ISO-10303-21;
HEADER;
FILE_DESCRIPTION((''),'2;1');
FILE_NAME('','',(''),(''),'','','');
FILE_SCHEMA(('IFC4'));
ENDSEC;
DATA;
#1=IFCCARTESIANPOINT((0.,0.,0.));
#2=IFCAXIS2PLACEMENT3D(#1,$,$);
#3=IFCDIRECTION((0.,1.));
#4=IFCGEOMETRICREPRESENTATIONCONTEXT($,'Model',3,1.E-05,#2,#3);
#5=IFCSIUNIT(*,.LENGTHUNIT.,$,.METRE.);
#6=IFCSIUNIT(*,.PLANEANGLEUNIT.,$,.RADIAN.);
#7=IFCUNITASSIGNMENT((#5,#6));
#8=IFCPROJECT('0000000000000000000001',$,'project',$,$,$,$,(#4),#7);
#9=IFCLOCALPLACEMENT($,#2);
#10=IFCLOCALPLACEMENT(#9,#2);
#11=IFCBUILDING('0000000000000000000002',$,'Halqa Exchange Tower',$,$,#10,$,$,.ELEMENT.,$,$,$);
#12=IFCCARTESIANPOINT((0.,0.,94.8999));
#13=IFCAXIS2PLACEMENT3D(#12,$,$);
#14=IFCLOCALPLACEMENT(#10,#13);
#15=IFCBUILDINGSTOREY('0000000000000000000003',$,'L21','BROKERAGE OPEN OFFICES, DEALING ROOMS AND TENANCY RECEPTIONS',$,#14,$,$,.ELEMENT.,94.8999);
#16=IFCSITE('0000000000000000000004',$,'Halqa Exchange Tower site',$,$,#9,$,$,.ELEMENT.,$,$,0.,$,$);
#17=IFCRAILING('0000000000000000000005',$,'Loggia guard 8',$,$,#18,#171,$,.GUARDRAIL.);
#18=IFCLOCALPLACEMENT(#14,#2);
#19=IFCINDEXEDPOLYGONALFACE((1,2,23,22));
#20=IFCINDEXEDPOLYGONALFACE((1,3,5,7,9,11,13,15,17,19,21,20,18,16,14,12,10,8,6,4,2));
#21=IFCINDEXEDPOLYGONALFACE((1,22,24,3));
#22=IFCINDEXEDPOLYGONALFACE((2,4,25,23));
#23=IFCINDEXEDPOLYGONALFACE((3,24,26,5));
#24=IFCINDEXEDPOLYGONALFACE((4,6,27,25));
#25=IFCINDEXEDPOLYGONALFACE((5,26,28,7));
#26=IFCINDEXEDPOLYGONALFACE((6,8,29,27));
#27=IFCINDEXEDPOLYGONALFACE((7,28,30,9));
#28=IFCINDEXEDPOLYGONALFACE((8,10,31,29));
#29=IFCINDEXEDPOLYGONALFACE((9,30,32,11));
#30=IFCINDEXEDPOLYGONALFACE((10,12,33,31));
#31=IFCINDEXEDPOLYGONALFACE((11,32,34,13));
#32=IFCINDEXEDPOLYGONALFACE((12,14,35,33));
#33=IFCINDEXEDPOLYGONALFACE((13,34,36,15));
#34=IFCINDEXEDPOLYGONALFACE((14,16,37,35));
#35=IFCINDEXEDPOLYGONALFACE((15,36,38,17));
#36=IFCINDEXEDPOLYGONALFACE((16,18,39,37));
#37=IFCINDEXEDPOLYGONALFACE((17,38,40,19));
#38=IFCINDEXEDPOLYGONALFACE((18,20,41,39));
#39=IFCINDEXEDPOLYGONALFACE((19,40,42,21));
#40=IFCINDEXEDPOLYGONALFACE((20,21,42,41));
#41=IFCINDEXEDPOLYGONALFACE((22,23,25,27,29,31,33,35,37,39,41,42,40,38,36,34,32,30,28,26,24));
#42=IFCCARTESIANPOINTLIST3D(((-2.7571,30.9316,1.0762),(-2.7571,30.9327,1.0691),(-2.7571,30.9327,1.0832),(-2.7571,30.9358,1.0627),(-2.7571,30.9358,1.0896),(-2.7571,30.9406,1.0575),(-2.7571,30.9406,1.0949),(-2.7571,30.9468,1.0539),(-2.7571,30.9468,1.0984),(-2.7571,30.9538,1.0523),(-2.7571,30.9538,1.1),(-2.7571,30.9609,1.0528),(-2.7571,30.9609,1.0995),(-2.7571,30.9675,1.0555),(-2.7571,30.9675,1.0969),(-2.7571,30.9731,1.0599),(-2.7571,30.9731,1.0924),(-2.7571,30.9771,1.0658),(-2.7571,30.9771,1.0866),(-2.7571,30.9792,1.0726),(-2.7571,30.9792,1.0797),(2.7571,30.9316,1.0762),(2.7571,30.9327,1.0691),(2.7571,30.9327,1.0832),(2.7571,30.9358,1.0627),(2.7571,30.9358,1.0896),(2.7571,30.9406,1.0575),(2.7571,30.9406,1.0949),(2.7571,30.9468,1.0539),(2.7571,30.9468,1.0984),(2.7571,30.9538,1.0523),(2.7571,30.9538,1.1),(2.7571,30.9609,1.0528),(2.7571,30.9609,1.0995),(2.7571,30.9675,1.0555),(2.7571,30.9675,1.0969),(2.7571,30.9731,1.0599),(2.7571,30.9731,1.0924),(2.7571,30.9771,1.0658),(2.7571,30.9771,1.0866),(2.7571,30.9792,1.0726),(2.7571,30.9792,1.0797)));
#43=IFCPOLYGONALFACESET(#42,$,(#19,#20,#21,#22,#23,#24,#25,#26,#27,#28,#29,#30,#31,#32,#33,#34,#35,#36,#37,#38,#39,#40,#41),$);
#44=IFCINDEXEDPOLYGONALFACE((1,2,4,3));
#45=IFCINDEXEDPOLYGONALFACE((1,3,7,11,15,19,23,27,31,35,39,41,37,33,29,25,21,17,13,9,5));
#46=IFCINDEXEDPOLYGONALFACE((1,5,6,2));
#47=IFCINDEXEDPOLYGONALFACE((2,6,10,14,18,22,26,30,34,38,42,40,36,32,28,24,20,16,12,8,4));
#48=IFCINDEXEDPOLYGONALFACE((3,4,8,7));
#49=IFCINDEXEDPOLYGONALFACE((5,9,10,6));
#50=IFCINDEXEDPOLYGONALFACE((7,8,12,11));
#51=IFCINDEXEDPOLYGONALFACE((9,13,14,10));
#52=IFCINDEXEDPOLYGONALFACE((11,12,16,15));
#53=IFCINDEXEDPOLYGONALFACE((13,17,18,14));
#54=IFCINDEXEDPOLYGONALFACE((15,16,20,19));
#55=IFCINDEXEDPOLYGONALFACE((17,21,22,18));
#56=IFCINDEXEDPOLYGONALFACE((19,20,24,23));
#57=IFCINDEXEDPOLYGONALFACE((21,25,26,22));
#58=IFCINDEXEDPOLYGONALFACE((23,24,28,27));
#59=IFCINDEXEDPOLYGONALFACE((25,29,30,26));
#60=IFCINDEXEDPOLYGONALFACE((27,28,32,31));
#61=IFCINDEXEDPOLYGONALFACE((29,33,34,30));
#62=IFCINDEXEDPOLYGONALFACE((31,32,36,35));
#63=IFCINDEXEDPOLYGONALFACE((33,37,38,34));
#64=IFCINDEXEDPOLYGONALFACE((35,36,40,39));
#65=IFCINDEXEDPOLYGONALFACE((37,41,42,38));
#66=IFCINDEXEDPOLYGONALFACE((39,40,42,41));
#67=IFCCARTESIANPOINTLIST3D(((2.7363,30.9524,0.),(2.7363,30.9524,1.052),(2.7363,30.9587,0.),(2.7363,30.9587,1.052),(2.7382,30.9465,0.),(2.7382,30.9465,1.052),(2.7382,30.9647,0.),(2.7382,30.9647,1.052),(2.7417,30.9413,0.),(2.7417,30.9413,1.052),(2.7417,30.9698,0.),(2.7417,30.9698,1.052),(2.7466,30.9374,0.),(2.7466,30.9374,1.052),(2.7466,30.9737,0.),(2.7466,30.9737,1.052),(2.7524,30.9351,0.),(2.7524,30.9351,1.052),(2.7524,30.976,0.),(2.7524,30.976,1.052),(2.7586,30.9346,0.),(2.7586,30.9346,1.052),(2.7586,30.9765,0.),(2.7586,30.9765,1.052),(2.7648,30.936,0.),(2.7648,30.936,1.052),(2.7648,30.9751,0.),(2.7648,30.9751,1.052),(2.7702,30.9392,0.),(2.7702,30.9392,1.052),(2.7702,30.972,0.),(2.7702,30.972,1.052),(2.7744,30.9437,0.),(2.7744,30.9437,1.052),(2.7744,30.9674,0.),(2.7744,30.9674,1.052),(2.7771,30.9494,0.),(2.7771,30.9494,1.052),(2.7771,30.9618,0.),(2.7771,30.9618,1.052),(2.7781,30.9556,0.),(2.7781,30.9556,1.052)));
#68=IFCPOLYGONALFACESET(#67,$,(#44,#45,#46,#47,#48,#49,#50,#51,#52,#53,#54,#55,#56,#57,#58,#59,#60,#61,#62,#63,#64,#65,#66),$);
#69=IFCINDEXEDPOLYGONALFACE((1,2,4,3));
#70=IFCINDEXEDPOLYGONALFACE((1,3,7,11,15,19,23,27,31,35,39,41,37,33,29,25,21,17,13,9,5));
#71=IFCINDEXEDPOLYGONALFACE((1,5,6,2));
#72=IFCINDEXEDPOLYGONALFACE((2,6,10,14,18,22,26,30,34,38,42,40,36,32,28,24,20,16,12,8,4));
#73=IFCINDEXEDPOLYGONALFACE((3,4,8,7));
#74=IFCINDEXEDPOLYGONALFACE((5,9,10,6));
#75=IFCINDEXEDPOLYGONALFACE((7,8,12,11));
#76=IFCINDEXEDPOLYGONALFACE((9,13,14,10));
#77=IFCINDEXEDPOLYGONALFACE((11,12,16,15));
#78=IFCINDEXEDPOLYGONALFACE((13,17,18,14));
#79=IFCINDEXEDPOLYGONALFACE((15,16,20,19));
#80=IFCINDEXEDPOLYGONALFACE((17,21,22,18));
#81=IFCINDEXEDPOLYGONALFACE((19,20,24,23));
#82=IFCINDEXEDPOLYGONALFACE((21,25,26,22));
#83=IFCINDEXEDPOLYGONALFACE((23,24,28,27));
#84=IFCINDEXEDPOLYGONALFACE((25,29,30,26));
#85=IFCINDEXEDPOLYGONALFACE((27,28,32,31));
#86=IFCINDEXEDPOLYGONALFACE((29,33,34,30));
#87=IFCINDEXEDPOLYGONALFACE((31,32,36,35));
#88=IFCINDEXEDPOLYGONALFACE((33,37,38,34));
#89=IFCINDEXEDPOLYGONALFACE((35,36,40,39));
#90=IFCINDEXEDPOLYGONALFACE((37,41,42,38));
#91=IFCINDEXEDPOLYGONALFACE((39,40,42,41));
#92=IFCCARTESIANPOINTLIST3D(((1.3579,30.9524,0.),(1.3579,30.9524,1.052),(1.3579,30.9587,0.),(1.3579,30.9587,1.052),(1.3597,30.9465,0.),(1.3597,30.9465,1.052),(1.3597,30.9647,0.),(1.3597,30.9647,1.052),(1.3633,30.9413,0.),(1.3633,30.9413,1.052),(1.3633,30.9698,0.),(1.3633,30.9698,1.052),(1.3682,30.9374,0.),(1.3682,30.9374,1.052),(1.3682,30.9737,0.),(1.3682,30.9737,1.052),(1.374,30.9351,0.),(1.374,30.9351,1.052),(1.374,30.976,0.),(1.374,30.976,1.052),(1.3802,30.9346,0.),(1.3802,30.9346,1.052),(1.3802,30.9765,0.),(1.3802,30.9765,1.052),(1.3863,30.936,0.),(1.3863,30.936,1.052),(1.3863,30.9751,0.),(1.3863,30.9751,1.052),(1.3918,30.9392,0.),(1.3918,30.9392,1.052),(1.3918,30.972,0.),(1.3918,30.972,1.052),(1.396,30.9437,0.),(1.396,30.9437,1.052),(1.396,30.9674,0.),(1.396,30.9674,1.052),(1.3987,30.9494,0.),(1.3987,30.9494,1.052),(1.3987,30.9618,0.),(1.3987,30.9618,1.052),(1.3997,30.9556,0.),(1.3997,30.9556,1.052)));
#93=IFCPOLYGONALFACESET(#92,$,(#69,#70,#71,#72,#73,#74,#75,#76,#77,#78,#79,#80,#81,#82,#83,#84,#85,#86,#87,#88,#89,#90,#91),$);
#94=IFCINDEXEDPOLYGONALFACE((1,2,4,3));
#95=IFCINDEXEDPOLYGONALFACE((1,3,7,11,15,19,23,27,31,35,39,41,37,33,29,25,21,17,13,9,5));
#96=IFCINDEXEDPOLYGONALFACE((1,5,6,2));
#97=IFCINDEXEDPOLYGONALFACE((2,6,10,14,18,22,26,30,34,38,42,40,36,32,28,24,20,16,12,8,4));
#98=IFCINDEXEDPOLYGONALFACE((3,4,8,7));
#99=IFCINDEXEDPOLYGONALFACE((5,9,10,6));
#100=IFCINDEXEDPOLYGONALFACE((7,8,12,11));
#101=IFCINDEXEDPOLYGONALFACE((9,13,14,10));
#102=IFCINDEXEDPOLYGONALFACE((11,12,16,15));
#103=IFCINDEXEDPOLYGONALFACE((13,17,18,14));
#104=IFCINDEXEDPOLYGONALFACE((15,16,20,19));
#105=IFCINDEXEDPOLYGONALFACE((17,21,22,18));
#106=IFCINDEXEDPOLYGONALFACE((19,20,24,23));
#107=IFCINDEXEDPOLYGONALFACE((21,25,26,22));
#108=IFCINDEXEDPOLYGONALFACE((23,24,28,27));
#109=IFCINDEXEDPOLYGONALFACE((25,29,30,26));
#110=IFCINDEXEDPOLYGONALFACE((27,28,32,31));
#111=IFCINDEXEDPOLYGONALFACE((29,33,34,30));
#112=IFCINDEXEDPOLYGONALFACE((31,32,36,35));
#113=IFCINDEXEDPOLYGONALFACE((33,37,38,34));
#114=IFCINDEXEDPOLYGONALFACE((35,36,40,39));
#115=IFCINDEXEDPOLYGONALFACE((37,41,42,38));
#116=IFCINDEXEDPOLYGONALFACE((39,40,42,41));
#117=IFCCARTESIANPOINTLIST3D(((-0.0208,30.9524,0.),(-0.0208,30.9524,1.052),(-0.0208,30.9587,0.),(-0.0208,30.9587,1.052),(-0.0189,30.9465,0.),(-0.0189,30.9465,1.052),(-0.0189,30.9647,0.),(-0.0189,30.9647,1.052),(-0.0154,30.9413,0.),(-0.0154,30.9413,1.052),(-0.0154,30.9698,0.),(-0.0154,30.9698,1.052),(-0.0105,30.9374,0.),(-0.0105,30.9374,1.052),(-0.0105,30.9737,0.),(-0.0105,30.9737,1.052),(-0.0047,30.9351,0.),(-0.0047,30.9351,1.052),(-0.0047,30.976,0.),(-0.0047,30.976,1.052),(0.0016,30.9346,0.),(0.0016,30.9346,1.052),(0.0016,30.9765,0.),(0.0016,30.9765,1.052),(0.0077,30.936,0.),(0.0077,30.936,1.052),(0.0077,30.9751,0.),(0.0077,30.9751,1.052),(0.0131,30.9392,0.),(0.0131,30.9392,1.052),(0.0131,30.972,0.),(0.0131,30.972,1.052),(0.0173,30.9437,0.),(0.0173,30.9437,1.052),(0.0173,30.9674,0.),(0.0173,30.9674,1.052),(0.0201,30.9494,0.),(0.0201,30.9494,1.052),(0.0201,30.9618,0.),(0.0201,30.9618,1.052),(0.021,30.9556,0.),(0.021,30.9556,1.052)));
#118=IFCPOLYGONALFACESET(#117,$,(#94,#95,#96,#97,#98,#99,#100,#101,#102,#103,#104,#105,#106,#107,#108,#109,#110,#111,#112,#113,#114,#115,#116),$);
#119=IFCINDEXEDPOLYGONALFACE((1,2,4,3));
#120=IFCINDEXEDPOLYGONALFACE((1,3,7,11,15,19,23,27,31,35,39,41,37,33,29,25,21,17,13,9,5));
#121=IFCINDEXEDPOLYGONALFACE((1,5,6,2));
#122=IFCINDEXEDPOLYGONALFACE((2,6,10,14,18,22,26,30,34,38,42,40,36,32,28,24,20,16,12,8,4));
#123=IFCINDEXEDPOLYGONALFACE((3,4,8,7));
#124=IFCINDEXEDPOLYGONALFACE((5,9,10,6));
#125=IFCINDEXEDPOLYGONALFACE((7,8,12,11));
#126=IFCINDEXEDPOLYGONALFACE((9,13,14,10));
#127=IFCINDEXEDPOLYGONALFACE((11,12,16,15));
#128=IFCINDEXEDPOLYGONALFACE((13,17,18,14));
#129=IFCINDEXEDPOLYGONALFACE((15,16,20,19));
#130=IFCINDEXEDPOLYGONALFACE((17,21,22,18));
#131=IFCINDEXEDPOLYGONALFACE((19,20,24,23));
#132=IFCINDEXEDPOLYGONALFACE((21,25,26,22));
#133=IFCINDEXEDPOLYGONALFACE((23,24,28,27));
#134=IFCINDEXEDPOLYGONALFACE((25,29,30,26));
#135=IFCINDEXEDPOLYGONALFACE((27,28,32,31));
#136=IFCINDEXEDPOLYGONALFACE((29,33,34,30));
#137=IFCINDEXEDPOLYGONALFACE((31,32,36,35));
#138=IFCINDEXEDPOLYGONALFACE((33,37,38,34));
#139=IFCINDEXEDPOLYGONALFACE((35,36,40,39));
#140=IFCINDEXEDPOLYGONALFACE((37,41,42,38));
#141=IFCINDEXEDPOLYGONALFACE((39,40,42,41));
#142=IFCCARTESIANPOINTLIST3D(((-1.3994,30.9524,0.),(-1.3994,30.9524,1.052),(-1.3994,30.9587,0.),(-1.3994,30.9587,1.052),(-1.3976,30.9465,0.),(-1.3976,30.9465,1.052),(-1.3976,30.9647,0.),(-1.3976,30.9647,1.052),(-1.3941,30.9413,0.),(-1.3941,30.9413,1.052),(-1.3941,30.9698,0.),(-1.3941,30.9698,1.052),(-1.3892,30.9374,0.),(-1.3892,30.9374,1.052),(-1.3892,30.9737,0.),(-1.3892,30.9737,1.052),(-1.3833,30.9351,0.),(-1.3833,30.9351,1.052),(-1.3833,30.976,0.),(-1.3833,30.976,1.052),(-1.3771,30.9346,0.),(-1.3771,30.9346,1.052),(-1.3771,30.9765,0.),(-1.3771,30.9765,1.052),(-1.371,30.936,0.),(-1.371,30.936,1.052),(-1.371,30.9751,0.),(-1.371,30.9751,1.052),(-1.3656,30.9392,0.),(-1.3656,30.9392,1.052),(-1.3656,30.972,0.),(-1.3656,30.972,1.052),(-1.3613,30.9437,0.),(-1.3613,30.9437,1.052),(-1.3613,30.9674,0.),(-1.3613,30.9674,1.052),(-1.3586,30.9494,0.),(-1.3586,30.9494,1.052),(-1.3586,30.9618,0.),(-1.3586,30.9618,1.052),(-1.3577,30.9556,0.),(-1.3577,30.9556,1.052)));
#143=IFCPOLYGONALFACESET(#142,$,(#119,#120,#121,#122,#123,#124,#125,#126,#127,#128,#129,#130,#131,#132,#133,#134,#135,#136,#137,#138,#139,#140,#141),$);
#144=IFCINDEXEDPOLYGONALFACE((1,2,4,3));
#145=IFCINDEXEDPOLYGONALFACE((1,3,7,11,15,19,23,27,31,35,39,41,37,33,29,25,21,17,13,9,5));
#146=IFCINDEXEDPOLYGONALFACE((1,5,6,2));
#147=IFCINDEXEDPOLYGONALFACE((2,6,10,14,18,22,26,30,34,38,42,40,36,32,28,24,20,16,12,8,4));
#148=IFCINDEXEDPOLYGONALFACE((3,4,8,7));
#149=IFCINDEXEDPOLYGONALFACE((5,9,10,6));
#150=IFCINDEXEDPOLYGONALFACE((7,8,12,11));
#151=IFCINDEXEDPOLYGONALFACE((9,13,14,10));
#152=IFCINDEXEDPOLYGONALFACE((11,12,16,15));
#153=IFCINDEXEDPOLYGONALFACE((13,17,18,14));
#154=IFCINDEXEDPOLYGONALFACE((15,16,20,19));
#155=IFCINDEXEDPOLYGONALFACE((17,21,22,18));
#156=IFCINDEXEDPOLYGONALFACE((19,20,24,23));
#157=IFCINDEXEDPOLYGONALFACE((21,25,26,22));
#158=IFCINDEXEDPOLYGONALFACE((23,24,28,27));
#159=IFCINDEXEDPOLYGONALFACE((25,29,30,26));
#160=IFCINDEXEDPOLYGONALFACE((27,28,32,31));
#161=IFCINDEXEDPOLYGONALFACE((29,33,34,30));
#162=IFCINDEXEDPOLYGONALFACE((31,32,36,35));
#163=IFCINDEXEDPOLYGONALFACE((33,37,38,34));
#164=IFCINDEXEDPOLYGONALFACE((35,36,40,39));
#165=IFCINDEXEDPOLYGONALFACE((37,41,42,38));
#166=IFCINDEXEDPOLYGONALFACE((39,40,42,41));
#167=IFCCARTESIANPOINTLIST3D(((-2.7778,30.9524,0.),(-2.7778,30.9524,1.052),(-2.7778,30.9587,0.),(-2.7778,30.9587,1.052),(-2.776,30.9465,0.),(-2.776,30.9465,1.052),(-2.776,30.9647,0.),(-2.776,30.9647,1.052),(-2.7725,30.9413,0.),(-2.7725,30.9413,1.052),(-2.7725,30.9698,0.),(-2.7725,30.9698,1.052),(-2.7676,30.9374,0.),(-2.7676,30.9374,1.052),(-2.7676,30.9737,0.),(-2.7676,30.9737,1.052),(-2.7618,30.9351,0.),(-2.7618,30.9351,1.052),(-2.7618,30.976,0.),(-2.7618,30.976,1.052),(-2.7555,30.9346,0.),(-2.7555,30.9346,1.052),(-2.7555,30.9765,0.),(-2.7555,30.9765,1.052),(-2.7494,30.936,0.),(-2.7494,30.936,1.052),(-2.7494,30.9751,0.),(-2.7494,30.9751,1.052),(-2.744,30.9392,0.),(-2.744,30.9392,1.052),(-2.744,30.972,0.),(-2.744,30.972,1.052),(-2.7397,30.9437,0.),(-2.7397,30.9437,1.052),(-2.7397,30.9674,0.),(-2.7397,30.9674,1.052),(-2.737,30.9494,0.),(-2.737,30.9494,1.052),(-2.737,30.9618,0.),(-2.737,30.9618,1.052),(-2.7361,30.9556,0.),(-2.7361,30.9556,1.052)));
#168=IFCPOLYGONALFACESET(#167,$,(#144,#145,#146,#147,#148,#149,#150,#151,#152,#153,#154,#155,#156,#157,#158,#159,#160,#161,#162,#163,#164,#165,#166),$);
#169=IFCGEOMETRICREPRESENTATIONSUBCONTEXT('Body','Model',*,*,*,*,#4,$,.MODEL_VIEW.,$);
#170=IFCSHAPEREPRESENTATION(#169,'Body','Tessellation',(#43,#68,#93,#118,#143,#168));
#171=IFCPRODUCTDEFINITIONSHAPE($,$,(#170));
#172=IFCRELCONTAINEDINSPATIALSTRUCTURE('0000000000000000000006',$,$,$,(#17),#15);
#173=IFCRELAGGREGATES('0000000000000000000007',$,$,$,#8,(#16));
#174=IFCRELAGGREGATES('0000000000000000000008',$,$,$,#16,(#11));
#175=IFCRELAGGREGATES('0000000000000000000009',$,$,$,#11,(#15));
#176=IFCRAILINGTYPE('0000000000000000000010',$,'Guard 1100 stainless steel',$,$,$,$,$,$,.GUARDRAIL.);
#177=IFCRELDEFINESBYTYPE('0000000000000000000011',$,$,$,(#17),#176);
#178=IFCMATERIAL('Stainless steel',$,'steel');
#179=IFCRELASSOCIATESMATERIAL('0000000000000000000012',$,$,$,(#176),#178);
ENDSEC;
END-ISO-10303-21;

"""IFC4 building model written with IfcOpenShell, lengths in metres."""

from ifc_helpers import new_model, si_unit, direction, frame, origin, origin_2d, place, context, subcontext, project, spatial, circle, extrude, material, type_object, element, save


model = new_model("IFC4")

# Units and contexts
model_context = context("Model", 3, precision=1e-05, world=origin(), true_north=direction((0.0, 1.0)))
body_context = subcontext(model_context, "Body", "Model", "MODEL_VIEW")
ifc_project = project(units=[si_unit("LENGTHUNIT", "METRE"), si_unit("PLANEANGLEUNIT", "RADIAN")], contexts=[model_context])

# Site, building, storey
site_placement = place(None, origin())
site = spatial("IfcSite", under=ifc_project, at=site_placement, Name="Halqa Exchange Tower site", CompositionType="ELEMENT", RefElevation=0.0)
building_placement = place(site_placement, origin())
building = spatial("IfcBuilding", under=site, at=building_placement, Name="Halqa Exchange Tower", CompositionType="ELEMENT")
storey_placement = place(building_placement, frame((0.0, 0.0, 94.8999)))
storey = spatial("IfcBuildingStorey", under=building, at=storey_placement, Name="L21", Description="BROKERAGE OPEN OFFICES, DEALING ROOMS AND TENANCY RECEPTIONS", CompositionType="ELEMENT", Elevation=94.8999)

# Railing
ifc_material_1 = material(Name="Stainless steel", Category="steel")
railing_type_1 = type_object("IfcRailingType", Name="Guard 1100 stainless steel", PredefinedType="GUARDRAIL", material=ifc_material_1)
railing_1_placement = place(storey_placement, frame((2.7571, 30.9556, 0.0)))
element("IfcRailing", 1, at=railing_1_placement, inside=storey, type_object=railing_type_1, Name="Loggia guard 8", PredefinedType="GUARDRAIL", context=body_context, shape_type="SweptSolid", body=[
    extrude(circle(Radius=0.0239, at=origin_2d()), frame((0.0, 0.0, 1.0762), z_axis=(-1.0, 0.0, 0.0), x_axis=(0.0, -1.0, 0.0)), (0.0, 0.0, 1.0), 5.5142),
    extrude(circle(Radius=0.021, at=origin_2d()), origin(), (0.0, 0.0, 1.0), 1.052),
    extrude(circle(Radius=0.021, at=origin_2d()), frame((-1.3784, 0.0, 0.0)), (0.0, 0.0, 1.0), 1.052),
    extrude(circle(Radius=0.021, at=origin_2d()), frame((-2.7571, 0.0, 0.0)), (0.0, 0.0, 1.0), 1.052),
    extrude(circle(Radius=0.021, at=origin_2d()), frame((-4.1357, 0.0, 0.0)), (0.0, 0.0, 1.0), 1.052),
    extrude(circle(Radius=0.021, at=origin_2d()), frame((-5.5142, 0.0, 0.0)), (0.0, 0.0, 1.0), 1.052),
])

save(model, "model.ifc")
